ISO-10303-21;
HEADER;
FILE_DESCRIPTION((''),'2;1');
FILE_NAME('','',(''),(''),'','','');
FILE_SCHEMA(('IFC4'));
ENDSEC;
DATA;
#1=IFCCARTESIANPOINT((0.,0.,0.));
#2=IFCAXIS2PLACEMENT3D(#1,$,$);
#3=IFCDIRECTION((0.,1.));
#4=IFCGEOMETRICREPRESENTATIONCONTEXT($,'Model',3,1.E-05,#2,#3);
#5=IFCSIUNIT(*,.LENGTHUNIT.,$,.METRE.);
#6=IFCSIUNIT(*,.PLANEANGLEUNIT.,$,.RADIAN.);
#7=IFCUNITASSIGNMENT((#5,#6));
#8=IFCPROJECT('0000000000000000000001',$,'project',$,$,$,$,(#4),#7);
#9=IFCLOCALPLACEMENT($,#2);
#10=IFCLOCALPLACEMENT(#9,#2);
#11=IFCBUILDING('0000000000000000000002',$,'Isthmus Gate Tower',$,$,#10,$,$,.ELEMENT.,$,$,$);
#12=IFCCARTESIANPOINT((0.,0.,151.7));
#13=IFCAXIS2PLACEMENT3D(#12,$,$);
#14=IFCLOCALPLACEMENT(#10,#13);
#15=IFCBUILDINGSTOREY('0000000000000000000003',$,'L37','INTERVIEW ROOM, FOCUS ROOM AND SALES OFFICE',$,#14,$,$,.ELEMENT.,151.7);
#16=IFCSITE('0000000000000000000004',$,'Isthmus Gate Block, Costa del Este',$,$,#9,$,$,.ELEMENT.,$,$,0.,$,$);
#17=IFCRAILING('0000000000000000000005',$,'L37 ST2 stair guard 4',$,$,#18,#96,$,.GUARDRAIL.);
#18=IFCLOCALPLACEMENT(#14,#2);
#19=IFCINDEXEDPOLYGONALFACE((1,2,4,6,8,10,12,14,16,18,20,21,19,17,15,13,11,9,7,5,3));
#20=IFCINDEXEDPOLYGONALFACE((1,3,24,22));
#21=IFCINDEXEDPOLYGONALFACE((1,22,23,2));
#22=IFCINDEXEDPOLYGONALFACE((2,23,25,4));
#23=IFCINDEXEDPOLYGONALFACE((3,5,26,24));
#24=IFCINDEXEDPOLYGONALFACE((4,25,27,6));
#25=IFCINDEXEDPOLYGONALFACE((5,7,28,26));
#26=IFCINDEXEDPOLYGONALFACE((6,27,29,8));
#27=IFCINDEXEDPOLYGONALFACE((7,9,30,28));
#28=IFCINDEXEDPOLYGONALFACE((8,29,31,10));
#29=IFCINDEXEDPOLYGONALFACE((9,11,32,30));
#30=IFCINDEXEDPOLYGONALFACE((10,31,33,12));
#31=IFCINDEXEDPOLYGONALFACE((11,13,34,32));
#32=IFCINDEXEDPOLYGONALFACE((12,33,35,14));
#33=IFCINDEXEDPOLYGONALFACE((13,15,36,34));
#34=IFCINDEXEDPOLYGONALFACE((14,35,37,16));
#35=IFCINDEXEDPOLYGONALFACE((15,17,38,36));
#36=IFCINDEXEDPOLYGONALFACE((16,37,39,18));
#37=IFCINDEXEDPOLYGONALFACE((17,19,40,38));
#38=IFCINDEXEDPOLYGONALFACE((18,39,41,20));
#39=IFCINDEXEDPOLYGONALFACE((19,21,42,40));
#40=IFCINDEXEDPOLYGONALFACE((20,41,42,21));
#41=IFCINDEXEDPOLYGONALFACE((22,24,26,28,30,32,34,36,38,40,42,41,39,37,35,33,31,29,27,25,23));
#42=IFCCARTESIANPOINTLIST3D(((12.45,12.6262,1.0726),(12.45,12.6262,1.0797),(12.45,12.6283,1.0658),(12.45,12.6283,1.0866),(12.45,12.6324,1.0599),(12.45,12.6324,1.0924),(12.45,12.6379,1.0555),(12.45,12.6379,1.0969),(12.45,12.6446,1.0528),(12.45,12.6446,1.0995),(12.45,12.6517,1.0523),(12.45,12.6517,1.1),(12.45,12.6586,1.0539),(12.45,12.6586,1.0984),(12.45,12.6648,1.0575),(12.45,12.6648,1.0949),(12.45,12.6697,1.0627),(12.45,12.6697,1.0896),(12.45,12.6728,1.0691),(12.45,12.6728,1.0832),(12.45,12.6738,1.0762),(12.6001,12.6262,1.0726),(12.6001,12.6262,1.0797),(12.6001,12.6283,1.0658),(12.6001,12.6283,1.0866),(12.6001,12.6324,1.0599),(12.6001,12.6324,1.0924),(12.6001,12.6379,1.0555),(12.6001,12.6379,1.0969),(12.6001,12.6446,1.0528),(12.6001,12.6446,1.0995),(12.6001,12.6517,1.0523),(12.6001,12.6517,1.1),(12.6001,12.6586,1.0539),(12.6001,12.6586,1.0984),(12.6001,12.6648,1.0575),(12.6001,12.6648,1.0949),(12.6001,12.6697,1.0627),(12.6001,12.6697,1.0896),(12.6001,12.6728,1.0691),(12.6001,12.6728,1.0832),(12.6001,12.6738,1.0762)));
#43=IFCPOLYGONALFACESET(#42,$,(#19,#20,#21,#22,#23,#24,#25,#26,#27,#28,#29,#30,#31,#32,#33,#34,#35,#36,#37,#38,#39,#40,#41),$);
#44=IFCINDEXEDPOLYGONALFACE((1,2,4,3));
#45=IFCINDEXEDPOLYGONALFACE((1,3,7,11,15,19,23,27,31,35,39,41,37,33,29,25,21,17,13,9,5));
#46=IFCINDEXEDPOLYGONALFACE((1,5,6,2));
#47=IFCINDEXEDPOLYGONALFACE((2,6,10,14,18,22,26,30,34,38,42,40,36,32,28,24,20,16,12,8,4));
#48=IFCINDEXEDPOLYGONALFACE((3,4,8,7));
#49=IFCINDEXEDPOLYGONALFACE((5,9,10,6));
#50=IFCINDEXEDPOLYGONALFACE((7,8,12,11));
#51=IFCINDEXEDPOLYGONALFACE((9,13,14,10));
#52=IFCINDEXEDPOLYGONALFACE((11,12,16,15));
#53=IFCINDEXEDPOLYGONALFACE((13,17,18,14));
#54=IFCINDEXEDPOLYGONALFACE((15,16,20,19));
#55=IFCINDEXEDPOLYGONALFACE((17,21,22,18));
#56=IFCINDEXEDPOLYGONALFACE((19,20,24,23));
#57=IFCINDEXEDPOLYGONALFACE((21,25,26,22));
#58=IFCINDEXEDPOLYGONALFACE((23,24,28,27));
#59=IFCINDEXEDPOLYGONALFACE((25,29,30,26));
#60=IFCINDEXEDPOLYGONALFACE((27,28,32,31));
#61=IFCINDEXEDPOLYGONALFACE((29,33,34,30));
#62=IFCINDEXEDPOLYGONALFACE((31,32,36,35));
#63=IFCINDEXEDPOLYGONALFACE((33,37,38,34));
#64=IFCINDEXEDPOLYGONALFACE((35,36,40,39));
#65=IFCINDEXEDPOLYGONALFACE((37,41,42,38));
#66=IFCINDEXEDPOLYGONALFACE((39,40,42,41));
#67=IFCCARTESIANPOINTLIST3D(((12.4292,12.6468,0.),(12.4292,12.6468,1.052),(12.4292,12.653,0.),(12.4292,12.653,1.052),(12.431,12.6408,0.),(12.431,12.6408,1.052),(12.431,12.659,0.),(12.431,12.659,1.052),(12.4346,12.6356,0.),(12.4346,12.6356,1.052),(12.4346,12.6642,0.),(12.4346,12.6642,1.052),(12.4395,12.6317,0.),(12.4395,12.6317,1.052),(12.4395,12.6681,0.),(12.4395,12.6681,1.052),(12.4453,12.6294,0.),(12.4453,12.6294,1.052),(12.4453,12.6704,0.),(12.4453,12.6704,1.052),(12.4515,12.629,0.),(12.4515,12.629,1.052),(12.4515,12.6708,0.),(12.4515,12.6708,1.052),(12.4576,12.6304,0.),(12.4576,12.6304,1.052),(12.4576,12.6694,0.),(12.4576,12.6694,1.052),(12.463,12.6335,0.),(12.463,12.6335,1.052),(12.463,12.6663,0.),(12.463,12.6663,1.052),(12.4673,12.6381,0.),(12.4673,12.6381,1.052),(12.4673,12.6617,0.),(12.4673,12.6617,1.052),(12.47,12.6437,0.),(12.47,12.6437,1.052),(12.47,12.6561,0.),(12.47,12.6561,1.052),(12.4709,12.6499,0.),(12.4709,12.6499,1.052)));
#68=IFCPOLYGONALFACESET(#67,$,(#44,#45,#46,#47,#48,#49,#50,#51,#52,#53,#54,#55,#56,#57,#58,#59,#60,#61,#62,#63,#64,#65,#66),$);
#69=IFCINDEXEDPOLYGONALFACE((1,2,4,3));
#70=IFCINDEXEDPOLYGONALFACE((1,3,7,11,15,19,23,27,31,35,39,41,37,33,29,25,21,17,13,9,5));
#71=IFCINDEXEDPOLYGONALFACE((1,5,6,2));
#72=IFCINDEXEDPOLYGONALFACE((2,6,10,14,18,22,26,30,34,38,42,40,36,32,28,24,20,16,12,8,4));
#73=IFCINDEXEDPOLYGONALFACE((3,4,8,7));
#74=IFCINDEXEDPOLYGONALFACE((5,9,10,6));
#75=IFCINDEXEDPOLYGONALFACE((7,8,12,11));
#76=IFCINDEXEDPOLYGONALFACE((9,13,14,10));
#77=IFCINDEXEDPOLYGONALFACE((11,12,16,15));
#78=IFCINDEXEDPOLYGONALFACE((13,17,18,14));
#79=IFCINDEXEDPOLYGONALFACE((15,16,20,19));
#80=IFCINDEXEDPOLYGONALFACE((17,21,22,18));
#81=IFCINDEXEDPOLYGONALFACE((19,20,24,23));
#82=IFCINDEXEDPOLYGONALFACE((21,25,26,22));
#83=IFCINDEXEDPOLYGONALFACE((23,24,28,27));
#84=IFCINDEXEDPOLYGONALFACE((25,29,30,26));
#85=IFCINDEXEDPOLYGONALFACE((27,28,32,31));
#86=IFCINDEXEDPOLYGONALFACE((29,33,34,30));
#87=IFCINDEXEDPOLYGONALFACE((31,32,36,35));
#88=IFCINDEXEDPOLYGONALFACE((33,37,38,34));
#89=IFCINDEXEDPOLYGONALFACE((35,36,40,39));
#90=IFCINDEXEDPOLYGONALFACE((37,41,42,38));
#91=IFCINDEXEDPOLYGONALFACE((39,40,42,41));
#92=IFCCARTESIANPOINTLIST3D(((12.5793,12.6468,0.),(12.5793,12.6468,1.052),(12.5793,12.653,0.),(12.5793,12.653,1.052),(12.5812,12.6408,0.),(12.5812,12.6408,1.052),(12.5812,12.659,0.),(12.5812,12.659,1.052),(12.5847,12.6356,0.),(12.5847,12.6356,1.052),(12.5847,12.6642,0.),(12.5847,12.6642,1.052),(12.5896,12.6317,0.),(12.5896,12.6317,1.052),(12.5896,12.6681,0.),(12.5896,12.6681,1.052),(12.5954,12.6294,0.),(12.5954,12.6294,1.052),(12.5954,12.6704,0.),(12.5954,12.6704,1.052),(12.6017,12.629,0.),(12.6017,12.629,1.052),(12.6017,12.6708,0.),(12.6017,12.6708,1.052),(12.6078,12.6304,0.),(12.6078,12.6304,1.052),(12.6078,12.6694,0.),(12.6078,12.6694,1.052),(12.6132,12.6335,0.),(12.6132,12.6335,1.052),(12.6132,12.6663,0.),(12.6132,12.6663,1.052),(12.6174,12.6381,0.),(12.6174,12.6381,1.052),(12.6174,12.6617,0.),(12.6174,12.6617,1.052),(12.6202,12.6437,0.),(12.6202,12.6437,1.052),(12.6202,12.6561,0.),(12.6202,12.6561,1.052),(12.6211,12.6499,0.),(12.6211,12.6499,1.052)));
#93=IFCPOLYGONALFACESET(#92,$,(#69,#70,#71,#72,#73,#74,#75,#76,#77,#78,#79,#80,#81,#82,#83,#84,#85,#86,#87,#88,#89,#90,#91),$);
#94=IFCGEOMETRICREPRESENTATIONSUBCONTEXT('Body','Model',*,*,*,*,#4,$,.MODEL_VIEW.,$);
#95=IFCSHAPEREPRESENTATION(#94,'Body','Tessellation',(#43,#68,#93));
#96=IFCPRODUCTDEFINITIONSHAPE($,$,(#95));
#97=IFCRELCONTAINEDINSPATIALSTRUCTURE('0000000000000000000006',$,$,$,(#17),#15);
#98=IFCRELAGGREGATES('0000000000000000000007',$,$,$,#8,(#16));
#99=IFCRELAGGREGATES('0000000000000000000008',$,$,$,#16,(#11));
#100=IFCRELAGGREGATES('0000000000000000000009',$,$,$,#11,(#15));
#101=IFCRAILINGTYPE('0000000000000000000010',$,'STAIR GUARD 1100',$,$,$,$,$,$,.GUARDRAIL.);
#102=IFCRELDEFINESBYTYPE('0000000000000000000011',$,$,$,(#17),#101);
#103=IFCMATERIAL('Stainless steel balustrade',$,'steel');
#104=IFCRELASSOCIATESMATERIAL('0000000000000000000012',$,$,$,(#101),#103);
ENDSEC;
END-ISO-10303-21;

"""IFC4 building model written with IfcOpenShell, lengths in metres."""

from ifc_helpers import new_model, si_unit, direction, frame, origin, origin_2d, place, context, subcontext, project, spatial, circle, extrude, material, type_object, element, save


model = new_model("IFC4")

# Units and contexts
model_context = context("Model", 3, precision=1e-05, world=origin(), true_north=direction((0.0, 1.0)))
body_context = subcontext(model_context, "Body", "Model", "MODEL_VIEW")
ifc_project = project(units=[si_unit("LENGTHUNIT", "METRE"), si_unit("PLANEANGLEUNIT", "RADIAN")], contexts=[model_context])

# Site, building, storey
site_placement = place(None, origin())
site = spatial("IfcSite", under=ifc_project, at=site_placement, Name="Isthmus Gate Block, Costa del Este", CompositionType="ELEMENT", RefElevation=0.0)
building_placement = place(site_placement, origin())
building = spatial("IfcBuilding", under=site, at=building_placement, Name="Isthmus Gate Tower", CompositionType="ELEMENT")
storey_placement = place(building_placement, frame((0.0, 0.0, 151.7)))
storey = spatial("IfcBuildingStorey", under=building, at=storey_placement, Name="L37", Description="INTERVIEW ROOM, FOCUS ROOM AND SALES OFFICE", CompositionType="ELEMENT", Elevation=151.7)

# Railing
ifc_material_1 = material(Name="Stainless steel balustrade", Category="steel")
railing_type_1 = type_object("IfcRailingType", Name="STAIR GUARD 1100", PredefinedType="GUARDRAIL", material=ifc_material_1)
railing_1_placement = place(storey_placement, frame((12.45, 12.6499, 0.0)))
element("IfcRailing", 1, at=railing_1_placement, inside=storey, type_object=railing_type_1, Name="L37 ST2 stair guard 4", PredefinedType="GUARDRAIL", context=body_context, shape_type="SweptSolid", body=[
    extrude(circle(Radius=0.0239, at=origin_2d()), frame((0.0, 0.0, 1.0762), z_axis=(1.0, 0.0, 0.0), x_axis=(0.0, 1.0, 0.0)), (0.0, 0.0, 1.0), 0.1501),
    extrude(circle(Radius=0.021, at=origin_2d()), origin(), (0.0, 0.0, 1.0), 1.052),
    extrude(circle(Radius=0.021, at=origin_2d()), frame((0.1501, 0.0, 0.0)), (0.0, 0.0, 1.0), 1.052),
])

save(model, "model.ifc")
